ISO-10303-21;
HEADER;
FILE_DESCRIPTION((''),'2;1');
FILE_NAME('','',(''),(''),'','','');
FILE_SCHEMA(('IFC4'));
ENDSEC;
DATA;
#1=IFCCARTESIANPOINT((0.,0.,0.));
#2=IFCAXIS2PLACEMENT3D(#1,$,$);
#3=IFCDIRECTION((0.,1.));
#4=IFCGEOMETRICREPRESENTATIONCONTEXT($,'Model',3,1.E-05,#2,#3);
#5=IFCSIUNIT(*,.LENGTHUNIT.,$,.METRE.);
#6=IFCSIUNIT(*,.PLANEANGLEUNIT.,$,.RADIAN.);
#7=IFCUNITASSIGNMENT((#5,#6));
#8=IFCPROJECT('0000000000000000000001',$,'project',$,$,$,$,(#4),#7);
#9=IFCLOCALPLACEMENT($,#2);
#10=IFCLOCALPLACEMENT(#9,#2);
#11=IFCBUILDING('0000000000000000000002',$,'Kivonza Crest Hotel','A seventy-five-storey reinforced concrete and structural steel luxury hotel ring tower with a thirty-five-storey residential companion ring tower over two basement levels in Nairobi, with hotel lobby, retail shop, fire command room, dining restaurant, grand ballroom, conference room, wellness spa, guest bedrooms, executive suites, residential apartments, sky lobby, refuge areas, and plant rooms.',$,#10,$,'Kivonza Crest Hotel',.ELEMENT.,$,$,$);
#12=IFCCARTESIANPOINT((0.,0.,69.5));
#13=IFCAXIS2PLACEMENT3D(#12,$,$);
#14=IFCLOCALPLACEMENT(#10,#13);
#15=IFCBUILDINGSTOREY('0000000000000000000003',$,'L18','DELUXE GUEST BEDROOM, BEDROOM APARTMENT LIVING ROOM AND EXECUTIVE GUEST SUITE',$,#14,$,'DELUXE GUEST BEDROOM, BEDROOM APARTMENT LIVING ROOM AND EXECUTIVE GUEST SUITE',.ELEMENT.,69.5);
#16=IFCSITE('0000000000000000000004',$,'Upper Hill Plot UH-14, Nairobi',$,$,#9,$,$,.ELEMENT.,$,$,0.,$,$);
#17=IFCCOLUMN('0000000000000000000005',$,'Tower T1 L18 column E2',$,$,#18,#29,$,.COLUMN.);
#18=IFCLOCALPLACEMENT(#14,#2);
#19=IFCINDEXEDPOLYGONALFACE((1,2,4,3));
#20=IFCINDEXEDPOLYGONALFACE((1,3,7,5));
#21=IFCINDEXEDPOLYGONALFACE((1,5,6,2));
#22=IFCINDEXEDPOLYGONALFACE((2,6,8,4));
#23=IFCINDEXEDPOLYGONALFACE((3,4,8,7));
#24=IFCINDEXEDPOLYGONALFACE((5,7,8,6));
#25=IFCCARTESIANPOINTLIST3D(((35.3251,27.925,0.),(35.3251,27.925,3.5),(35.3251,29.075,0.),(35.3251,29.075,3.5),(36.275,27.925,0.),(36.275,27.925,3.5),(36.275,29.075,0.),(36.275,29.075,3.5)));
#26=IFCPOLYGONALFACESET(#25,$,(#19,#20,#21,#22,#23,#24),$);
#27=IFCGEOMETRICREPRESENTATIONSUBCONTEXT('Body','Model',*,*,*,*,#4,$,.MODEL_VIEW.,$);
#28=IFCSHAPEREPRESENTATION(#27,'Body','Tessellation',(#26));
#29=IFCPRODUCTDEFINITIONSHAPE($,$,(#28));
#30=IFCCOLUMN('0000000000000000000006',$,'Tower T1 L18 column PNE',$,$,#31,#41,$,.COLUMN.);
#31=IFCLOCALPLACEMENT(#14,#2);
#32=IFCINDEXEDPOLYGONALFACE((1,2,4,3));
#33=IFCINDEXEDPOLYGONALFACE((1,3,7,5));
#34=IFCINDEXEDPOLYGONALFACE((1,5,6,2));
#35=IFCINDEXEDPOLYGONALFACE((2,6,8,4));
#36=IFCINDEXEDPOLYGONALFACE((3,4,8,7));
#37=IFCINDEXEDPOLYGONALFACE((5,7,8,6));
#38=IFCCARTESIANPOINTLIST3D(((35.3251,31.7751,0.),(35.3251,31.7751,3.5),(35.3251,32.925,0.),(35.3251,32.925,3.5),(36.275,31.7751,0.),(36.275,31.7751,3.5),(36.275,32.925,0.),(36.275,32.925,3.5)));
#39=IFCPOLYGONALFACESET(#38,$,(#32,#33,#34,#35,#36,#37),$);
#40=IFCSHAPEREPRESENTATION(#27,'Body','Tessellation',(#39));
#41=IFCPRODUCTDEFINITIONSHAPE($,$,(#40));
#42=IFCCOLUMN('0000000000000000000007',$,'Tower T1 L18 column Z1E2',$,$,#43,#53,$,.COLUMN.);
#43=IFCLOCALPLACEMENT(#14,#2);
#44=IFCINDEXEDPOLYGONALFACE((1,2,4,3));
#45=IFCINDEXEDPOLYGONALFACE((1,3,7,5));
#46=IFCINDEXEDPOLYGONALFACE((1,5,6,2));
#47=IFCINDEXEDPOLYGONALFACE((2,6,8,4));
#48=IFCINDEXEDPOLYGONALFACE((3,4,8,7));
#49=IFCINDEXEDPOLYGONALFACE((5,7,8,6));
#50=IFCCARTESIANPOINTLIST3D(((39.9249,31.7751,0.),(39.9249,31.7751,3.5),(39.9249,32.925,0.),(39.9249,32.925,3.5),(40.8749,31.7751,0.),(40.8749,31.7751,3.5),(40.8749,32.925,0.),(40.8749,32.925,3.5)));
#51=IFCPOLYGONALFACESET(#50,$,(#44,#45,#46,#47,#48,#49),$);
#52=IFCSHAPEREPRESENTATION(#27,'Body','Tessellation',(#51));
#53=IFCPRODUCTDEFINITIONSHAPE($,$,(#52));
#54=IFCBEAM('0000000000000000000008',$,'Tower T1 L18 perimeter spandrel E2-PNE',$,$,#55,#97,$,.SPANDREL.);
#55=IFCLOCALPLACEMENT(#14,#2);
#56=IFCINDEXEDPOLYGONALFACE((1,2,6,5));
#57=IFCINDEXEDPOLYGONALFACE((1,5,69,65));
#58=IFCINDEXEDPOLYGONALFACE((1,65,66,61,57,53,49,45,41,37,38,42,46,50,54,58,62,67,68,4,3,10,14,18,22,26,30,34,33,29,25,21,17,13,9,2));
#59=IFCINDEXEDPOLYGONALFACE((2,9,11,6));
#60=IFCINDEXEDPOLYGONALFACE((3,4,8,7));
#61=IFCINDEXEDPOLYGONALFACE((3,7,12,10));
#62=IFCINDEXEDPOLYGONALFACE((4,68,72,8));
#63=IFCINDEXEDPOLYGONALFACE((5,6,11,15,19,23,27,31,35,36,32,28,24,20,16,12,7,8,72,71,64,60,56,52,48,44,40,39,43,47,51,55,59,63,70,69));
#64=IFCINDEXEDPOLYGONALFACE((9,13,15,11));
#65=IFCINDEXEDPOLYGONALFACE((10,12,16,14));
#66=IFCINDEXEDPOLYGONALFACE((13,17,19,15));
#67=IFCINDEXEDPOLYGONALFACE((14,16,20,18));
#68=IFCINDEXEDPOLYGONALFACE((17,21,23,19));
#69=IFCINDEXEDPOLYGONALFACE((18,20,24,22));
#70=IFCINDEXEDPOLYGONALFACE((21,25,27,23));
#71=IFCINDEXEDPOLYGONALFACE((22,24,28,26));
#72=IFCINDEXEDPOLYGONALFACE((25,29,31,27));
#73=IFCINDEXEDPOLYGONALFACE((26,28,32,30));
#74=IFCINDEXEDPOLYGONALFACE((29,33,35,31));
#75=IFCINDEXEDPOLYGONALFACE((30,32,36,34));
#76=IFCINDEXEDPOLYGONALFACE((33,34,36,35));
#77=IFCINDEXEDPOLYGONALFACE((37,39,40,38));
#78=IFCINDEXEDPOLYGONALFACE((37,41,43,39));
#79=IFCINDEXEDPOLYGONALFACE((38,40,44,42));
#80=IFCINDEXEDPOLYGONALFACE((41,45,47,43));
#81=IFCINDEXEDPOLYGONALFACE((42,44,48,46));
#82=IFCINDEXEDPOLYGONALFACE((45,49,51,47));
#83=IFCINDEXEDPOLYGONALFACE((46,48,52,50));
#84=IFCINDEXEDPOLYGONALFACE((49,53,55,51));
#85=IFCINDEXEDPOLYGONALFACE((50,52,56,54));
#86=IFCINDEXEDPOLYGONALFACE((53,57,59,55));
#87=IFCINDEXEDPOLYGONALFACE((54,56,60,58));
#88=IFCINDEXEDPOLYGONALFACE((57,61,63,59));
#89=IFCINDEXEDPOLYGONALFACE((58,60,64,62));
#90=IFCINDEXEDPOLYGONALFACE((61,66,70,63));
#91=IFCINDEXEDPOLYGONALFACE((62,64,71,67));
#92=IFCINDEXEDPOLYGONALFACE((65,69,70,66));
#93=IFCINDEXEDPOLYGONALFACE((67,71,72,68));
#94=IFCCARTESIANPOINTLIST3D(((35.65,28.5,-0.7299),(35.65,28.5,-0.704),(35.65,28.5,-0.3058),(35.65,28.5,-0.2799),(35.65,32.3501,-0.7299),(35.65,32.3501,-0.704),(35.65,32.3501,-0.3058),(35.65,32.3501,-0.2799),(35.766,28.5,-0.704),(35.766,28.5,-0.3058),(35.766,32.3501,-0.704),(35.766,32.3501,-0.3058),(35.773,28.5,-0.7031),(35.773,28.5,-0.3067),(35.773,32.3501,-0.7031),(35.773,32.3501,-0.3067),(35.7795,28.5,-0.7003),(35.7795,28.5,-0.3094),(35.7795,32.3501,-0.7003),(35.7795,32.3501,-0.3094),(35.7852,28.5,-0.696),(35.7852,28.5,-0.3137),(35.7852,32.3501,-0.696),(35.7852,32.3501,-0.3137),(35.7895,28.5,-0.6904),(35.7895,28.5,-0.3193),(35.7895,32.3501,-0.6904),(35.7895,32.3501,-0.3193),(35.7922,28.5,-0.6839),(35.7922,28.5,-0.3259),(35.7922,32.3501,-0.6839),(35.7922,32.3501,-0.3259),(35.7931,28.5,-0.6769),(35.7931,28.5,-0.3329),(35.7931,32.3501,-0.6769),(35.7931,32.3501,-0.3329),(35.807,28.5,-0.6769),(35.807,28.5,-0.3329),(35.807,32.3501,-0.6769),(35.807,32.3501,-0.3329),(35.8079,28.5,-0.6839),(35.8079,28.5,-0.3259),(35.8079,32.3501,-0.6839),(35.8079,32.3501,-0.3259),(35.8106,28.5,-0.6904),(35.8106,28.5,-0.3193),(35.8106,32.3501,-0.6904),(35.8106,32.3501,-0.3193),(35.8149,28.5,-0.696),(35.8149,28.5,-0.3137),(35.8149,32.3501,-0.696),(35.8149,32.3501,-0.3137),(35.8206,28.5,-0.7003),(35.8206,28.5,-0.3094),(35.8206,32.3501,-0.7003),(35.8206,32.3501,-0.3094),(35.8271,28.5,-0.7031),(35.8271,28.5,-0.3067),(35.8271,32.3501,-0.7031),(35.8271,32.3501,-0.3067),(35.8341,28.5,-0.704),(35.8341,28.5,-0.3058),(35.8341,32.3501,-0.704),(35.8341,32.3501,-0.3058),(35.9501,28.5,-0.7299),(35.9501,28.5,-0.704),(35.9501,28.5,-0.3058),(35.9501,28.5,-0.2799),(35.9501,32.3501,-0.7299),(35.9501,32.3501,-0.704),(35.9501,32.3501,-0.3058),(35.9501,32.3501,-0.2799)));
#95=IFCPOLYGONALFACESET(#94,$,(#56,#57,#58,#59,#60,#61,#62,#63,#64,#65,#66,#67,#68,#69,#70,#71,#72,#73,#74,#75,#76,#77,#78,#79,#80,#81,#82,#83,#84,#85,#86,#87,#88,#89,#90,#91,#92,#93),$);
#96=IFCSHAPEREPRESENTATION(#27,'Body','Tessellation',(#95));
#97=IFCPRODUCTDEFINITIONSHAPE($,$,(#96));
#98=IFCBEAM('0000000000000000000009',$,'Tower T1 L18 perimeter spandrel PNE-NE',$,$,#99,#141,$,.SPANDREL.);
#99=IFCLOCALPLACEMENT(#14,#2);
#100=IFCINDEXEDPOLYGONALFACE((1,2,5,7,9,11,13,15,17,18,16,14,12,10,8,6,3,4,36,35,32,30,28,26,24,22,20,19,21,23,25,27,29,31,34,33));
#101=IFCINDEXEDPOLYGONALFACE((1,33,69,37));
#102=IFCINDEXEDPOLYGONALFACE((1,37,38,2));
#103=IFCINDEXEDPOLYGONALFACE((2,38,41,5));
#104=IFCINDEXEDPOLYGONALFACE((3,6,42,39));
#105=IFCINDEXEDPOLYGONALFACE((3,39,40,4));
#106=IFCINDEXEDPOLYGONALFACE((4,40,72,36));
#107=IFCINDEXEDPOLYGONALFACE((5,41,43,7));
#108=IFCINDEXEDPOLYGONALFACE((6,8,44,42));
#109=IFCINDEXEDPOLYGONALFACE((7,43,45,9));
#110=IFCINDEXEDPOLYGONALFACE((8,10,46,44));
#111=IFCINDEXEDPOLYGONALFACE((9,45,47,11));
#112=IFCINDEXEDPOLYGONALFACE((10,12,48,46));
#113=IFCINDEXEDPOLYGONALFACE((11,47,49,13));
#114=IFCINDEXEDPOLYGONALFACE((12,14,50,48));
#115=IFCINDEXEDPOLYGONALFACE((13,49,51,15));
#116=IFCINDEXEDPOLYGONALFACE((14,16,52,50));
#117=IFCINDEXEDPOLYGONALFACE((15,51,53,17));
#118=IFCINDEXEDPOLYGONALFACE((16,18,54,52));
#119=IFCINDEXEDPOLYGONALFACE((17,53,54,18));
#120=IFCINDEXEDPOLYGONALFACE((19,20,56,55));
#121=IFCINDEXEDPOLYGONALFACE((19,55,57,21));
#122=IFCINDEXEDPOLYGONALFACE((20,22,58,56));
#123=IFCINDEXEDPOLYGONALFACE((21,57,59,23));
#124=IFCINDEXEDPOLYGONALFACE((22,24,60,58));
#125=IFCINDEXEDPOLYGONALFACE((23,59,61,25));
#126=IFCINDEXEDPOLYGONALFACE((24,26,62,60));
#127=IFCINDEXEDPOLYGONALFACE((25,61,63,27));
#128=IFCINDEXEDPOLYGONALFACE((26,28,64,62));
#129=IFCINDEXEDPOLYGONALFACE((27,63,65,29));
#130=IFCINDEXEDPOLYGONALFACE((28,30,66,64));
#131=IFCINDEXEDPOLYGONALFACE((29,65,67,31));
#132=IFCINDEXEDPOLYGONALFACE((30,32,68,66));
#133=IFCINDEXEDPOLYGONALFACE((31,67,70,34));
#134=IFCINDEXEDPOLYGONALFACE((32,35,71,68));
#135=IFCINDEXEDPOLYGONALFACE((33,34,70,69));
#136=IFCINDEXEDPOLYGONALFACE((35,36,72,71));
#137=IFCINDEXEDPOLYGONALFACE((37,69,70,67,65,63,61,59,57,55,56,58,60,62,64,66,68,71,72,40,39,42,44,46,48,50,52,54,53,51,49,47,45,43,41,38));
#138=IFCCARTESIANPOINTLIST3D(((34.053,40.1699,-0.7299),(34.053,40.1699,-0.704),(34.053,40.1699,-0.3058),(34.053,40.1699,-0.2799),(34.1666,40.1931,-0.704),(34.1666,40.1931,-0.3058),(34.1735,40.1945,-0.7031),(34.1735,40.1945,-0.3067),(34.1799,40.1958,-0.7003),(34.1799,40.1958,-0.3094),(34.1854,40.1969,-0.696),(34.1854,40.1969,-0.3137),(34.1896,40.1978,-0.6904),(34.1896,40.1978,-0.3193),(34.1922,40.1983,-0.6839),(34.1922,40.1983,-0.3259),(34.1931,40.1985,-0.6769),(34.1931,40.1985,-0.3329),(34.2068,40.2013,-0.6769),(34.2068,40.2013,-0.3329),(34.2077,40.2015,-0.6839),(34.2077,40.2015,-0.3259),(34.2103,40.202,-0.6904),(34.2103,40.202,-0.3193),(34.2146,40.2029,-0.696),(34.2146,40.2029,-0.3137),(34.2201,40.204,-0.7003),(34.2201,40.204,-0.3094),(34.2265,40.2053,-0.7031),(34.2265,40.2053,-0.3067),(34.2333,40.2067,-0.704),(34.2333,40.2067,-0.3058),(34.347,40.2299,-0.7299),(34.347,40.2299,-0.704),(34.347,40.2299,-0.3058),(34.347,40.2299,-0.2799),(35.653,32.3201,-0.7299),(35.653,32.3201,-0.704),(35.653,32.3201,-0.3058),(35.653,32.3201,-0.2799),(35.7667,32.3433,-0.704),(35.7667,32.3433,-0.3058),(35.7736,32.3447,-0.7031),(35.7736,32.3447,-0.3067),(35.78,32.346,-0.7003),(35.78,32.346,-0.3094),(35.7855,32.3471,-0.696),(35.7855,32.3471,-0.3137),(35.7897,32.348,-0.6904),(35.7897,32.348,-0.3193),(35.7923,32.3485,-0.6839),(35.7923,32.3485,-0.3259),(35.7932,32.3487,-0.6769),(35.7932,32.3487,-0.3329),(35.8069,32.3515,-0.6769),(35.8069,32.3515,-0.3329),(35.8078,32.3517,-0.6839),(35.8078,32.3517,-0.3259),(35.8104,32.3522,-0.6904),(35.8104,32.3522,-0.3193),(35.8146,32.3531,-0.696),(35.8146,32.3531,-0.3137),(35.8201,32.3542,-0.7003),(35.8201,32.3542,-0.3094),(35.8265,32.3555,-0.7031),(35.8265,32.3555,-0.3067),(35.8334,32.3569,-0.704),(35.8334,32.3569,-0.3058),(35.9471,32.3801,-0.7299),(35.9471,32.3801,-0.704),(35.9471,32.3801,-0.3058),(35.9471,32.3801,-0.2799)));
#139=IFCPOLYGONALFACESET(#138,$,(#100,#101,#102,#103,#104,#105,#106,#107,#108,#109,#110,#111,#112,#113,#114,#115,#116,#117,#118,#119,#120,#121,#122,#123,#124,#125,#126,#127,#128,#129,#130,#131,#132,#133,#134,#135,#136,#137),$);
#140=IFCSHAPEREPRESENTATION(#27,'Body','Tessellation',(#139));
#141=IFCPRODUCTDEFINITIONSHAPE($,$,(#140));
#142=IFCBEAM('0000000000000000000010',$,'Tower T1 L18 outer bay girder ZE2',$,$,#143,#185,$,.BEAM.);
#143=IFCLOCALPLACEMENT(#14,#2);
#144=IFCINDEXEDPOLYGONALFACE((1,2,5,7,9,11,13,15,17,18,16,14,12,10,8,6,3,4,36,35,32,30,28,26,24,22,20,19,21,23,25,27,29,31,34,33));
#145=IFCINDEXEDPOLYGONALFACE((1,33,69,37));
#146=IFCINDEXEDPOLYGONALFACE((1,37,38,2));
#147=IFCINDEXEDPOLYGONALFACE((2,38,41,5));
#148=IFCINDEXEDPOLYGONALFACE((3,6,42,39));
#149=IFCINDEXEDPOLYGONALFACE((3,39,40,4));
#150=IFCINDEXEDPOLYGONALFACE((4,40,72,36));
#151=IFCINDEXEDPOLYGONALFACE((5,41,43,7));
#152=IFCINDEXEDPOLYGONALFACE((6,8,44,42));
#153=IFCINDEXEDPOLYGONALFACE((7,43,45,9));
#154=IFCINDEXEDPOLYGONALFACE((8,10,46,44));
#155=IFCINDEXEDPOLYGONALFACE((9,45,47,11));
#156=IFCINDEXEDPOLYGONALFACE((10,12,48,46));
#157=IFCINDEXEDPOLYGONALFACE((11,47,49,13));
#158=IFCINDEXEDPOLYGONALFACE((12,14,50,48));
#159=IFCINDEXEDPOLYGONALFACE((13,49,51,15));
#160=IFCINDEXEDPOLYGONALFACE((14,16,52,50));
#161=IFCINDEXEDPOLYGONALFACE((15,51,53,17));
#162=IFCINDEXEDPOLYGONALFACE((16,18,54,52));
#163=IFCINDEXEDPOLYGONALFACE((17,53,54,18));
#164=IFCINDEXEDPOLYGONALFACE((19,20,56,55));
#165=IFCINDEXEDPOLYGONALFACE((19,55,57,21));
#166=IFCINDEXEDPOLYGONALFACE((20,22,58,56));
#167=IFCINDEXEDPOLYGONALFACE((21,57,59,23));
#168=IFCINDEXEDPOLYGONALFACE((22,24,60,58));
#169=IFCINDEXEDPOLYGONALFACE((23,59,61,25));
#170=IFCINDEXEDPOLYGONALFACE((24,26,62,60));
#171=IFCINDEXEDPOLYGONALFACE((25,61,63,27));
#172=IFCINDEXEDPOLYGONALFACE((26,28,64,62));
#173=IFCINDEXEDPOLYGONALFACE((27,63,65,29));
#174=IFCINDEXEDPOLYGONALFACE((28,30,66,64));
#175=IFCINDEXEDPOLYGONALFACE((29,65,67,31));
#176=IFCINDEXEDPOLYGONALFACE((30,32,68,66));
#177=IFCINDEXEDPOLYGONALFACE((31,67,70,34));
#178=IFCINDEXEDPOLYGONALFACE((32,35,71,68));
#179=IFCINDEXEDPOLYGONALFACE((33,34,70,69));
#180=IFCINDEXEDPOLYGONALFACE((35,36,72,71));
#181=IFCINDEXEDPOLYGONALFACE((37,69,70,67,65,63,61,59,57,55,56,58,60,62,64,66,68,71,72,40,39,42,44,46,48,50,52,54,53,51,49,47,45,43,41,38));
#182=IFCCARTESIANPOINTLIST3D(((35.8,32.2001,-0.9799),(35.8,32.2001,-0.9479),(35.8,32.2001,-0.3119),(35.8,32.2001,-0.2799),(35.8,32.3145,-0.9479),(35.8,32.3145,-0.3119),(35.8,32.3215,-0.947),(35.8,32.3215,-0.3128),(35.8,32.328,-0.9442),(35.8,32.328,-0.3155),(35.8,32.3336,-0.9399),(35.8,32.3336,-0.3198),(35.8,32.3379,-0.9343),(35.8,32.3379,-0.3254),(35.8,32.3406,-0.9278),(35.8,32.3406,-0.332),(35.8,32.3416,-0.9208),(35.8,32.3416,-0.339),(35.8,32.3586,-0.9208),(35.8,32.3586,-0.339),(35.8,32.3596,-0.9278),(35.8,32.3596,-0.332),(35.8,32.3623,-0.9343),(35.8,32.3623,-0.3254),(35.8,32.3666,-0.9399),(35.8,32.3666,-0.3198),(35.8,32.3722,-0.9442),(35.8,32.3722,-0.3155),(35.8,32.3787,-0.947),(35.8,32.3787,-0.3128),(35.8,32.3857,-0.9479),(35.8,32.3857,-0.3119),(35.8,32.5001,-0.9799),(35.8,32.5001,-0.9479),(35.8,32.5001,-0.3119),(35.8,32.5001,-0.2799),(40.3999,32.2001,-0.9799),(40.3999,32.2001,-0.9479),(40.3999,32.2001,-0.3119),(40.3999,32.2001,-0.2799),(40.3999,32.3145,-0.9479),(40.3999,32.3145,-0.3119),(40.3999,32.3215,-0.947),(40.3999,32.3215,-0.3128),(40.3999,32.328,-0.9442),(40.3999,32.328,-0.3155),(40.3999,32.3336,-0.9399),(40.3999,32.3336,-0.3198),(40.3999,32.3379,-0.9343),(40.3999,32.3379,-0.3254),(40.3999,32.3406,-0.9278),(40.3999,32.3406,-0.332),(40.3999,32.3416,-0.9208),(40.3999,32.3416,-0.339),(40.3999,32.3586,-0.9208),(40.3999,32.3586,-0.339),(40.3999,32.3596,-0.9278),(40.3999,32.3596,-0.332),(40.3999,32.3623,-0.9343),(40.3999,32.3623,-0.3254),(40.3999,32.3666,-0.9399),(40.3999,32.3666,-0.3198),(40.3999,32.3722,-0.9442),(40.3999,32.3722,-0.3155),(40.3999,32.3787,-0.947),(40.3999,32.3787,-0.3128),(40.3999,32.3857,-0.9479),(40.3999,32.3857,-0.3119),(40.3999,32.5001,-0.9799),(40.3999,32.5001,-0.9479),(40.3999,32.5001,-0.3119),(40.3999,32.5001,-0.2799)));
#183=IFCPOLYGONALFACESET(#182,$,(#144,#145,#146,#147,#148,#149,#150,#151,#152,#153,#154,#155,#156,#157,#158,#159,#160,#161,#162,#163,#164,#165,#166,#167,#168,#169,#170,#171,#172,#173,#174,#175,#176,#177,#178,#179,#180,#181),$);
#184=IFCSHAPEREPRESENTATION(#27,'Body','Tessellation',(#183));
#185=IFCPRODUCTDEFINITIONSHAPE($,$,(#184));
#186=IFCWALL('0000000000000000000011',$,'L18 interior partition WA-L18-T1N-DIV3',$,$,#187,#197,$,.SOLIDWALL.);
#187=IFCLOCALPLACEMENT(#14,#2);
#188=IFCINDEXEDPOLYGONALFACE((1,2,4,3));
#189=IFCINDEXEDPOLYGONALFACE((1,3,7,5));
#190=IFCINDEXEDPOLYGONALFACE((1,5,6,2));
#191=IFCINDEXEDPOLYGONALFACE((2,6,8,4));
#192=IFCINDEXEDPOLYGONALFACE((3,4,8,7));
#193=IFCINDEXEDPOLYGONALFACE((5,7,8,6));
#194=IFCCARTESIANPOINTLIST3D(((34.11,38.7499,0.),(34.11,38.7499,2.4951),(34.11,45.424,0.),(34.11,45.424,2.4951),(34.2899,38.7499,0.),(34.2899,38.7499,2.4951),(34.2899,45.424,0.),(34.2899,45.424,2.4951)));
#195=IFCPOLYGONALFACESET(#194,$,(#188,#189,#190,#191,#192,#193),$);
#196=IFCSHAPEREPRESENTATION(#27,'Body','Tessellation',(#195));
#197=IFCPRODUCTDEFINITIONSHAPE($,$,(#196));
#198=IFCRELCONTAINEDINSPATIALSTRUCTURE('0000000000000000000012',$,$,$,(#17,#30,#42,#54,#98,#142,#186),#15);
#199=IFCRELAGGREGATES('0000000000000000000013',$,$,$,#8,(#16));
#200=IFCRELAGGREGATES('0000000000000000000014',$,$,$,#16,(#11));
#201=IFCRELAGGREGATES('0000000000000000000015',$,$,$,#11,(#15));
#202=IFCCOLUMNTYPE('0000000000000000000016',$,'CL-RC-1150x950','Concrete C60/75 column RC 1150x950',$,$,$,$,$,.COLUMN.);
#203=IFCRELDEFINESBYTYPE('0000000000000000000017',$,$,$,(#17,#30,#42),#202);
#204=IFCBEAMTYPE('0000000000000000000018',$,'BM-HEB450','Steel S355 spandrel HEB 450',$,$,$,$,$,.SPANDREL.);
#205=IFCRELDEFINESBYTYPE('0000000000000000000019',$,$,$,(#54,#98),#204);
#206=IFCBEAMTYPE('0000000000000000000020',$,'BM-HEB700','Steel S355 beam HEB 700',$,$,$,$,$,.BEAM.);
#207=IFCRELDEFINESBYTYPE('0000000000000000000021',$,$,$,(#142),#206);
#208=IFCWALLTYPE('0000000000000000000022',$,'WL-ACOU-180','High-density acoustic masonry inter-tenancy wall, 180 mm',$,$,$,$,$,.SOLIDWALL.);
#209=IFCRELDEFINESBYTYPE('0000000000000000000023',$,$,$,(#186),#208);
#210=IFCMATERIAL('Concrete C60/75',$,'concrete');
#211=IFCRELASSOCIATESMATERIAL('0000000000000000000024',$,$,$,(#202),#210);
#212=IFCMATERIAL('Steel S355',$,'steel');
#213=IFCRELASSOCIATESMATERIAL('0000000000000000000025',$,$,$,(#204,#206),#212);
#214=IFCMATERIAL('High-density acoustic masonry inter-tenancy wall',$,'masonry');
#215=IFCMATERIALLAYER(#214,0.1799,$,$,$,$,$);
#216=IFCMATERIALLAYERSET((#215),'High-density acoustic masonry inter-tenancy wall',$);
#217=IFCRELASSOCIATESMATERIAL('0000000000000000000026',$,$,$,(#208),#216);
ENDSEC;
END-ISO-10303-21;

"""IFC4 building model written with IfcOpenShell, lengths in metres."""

from ifc_helpers import new_model, si_unit, direction, frame, frame_2d, origin, origin_2d, place, context, subcontext, project, spatial, rectangle, i_section, extrude, material, layer, layer_set, material_profile, profile_set, type_object, element, save


model = new_model("IFC4")

# Units and contexts
model_context = context("Model", 3, precision=1e-05, world=origin(), true_north=direction((0.0, 1.0)))
body_context = subcontext(model_context, "Body", "Model", "MODEL_VIEW")
ifc_project = project(units=[si_unit("LENGTHUNIT", "METRE"), si_unit("PLANEANGLEUNIT", "RADIAN")], contexts=[model_context])

# Site, building, storey
site_placement = place(None, origin())
site = spatial("IfcSite", under=ifc_project, at=site_placement, Name="Upper Hill Plot UH-14, Nairobi", CompositionType="ELEMENT", RefElevation=0.0)
building_placement = place(site_placement, origin())
building = spatial("IfcBuilding", under=site, at=building_placement, Name="Kivonza Crest Hotel", Description="A seventy-five-storey reinforced concrete and structural steel luxury hotel ring tower with a thirty-five-storey residential companion ring tower over two basement levels in Nairobi, with hotel lobby, retail shop, fire command room, dining restaurant, grand ballroom, conference room, wellness spa, guest bedrooms, executive suites, residential apartments, sky lobby, refuge areas, and plant rooms.", LongName="Kivonza Crest Hotel", CompositionType="ELEMENT")
storey_placement = place(building_placement, frame((0.0, 0.0, 69.5)))
storey = spatial("IfcBuildingStorey", under=building, at=storey_placement, Name="L18", Description="DELUXE GUEST BEDROOM, BEDROOM APARTMENT LIVING ROOM AND EXECUTIVE GUEST SUITE", LongName="DELUXE GUEST BEDROOM, BEDROOM APARTMENT LIVING ROOM AND EXECUTIVE GUEST SUITE", CompositionType="ELEMENT", Elevation=69.5)

# Columns
ifc_material_1 = material(Name="Concrete C60/75", Category="concrete")
ifc_material_profile_1 = material_profile(ifc_material_1, rectangle(XDim=0.95, YDim=1.1499, at=origin_2d()), Name="RC 1150x950")
ifc_profile_set_1 = profile_set([ifc_material_profile_1], Name="Concrete C60/75")
column_type = type_object("IfcColumnType", Name="CL-RC-1150x950", Description="Concrete C60/75 column RC 1150x950", PredefinedType="COLUMN", material=ifc_profile_set_1)
for number, where, z_axis, x_axis, name in (
    (1, (35.8, 28.5, 0.0), (0.0, 0.0, 1.0), (1.0, 0.0, 0.0), "Tower T1 L18 column E2"),
    (2, (35.8, 32.3501, 0.0), (0.0, 0.0, 1.0), (1.0, 0.0, 0.0), "Tower T1 L18 column PNE"),
    (3, (40.3999, 32.3501, 0.0), (0.0, 0.0, 1.0), (1.0, 0.0, 0.0), "Tower T1 L18 column Z1E2"),
):
    element("IfcColumn", number, at=place(storey_placement, frame(where, z_axis=z_axis, x_axis=x_axis)), inside=storey, type_object=column_type, Name=name, PredefinedType="COLUMN", context=body_context, shape_type="SweptSolid", body=[
        extrude(rectangle(XDim=0.95, YDim=1.1499, at=origin_2d()), origin(), (0.0, 0.0, 1.0), 3.5),
    ])

# Beams
ifc_material_2 = material(Name="Steel S355", Category="steel")
ifc_material_profile_2 = material_profile(ifc_material_2, i_section(OverallWidth=0.3, OverallDepth=0.45, WebThickness=0.0139, FlangeThickness=0.0259, FilletRadius=0.0271, at=origin_2d()), Name="HEB 450")
ifc_profile_set_2 = profile_set([ifc_material_profile_2], Name="Steel S355")
beam_type_1 = type_object("IfcBeamType", Name="BM-HEB450", Description="Steel S355 spandrel HEB 450", PredefinedType="SPANDREL", material=ifc_profile_set_2)
beam_1_placement = place(storey_placement, frame((35.8, 28.5, -0.5049), z_axis=(0.0, 1.0, 0.0), x_axis=(-1.0, 0.0, 0.0)))
element("IfcBeam", 4, at=beam_1_placement, inside=storey, type_object=beam_type_1, Name="Tower T1 L18 perimeter spandrel E2-PNE", PredefinedType="SPANDREL", context=body_context, shape_type="SweptSolid", body=[
    extrude(i_section(OverallWidth=0.3, OverallDepth=0.45, WebThickness=0.0139, FlangeThickness=0.0259, FilletRadius=0.0271, at=origin_2d()), origin(), (0.0, 0.0, 1.0), 3.8501),
])
beam_2_placement = place(storey_placement, frame((35.8, 32.3501, -0.5049), z_axis=(-0.199731, 0.979851, 0.0), x_axis=(-0.979851, -0.199731, 0.0)))
element("IfcBeam", 5, at=beam_2_placement, inside=storey, type_object=beam_type_1, Name="Tower T1 L18 perimeter spandrel PNE-NE", PredefinedType="SPANDREL", context=body_context, shape_type="SweptSolid", body=[
    extrude(i_section(OverallWidth=0.3, OverallDepth=0.45, WebThickness=0.0139, FlangeThickness=0.0259, FilletRadius=0.0271, at=origin_2d()), origin(), (0.0, 0.0, 1.0), 8.0112),
])
ifc_material_profile_3 = material_profile(ifc_material_2, i_section(OverallWidth=0.3, OverallDepth=0.7, WebThickness=0.0171, FlangeThickness=0.032, FilletRadius=0.0271, at=origin_2d()), Name="HEB 700")
ifc_profile_set_3 = profile_set([ifc_material_profile_3], Name="Steel S355")
beam_type_2 = type_object("IfcBeamType", Name="BM-HEB700", Description="Steel S355 beam HEB 700", PredefinedType="BEAM", material=ifc_profile_set_3)
beam_3_placement = place(storey_placement, frame((40.3999, 32.3501, -0.6299), z_axis=(-1.0, 0.0, 0.0), x_axis=(0.0, -1.0, 0.0)))
element("IfcBeam", 6, at=beam_3_placement, inside=storey, type_object=beam_type_2, Name="Tower T1 L18 outer bay girder ZE2", PredefinedType="BEAM", context=body_context, shape_type="SweptSolid", body=[
    extrude(i_section(OverallWidth=0.3, OverallDepth=0.7, WebThickness=0.0171, FlangeThickness=0.032, FilletRadius=0.0271, at=origin_2d()), origin(), (0.0, 0.0, 1.0), 4.5999),
])

# Wall
ifc_material_3 = material(Name="High-density acoustic masonry inter-tenancy wall", Category="masonry")
ifc_layer_1 = layer(ifc_material_3, 0.1799)
ifc_layer_set_1 = layer_set([ifc_layer_1], Name="High-density acoustic masonry inter-tenancy wall")
wall_type_1 = type_object("IfcWallType", Name="WL-ACOU-180", Description="High-density acoustic masonry inter-tenancy wall, 180 mm", PredefinedType="SOLIDWALL", material=ifc_layer_set_1)
wall_1_placement = place(storey_placement, frame((34.2, 38.75, 0.0), z_axis=(0.0, 0.0, 1.0), x_axis=(0.0, 1.0, 0.0)))
element("IfcWall", 7, at=wall_1_placement, inside=storey, type_object=wall_type_1, Name="L18 interior partition WA-L18-T1N-DIV3", PredefinedType="SOLIDWALL", context=body_context, shape_type="SweptSolid", body=[
    extrude(rectangle(XDim=6.6741, YDim=0.1799, at=frame_2d((3.3369, 0.0))), origin(), (0.0, 0.0, 1.0), 2.4951),
])

save(model, "model.ifc")
